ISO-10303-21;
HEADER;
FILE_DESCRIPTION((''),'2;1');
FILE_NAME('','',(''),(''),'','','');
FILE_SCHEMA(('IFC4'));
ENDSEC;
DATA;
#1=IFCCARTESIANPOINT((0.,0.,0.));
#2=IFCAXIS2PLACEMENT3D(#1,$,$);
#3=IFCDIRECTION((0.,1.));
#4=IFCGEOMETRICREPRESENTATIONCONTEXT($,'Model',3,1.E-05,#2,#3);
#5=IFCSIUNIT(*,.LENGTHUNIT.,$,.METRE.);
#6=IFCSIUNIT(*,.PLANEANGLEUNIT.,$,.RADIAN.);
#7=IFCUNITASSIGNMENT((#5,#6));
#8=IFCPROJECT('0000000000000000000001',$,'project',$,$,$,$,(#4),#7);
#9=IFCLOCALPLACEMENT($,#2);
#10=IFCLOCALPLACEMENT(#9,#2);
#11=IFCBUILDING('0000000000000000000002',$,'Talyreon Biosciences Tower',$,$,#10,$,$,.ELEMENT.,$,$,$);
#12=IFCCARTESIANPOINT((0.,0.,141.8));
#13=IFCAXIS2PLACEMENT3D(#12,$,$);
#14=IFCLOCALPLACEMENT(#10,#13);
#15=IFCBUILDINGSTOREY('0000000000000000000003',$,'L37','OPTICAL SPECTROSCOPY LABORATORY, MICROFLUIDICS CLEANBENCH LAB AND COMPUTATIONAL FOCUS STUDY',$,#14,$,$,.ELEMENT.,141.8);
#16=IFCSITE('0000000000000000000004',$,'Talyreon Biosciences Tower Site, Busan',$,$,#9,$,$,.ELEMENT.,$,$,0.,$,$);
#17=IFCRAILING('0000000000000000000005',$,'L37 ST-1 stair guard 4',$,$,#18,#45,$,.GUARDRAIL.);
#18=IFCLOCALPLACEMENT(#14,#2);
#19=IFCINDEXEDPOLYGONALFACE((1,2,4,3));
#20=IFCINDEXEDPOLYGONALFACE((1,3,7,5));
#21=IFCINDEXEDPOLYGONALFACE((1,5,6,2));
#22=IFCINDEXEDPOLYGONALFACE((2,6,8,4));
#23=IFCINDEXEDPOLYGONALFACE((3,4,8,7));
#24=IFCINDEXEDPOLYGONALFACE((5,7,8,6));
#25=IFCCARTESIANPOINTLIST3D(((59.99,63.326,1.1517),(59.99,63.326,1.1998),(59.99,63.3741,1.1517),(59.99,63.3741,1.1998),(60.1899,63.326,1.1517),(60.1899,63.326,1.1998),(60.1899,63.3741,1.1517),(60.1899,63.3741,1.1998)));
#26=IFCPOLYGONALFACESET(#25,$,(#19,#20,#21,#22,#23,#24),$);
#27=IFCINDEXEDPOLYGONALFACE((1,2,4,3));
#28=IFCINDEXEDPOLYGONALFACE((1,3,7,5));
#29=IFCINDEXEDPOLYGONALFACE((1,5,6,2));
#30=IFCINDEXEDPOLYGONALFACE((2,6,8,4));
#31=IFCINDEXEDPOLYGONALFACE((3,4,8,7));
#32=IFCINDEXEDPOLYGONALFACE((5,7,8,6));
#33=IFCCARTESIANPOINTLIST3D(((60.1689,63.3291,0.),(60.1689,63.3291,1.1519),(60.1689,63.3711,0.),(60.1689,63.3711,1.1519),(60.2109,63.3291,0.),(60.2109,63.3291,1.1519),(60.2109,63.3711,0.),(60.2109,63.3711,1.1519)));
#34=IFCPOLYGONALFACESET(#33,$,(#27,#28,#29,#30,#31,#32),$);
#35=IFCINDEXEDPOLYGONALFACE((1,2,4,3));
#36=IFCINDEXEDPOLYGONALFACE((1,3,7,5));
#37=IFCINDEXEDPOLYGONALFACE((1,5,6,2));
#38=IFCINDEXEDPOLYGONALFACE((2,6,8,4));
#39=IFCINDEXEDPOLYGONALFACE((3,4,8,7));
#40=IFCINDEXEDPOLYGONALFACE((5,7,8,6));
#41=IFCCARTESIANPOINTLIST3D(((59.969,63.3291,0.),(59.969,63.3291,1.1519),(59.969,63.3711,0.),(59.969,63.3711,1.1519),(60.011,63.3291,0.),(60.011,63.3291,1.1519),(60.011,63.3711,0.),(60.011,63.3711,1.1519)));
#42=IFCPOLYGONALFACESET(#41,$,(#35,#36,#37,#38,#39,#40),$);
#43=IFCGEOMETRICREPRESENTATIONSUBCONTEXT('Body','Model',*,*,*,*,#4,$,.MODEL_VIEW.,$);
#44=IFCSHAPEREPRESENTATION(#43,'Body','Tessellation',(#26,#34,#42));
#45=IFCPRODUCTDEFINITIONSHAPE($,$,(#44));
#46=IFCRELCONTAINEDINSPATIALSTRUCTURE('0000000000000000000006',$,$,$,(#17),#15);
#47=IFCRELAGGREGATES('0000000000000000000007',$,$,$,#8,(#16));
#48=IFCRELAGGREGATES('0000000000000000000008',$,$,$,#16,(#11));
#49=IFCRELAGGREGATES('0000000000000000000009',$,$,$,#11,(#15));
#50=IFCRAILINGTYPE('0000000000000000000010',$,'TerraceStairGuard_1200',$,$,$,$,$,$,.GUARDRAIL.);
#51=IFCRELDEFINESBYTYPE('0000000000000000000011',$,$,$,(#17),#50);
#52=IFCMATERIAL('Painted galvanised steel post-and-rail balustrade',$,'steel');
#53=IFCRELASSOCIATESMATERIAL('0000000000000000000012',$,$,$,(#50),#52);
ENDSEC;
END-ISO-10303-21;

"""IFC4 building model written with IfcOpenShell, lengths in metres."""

from ifc_helpers import new_model, si_unit, direction, frame, origin, origin_2d, place, context, subcontext, project, spatial, rectangle, extrude, material, type_object, element, save


model = new_model("IFC4")

# Units and contexts
model_context = context("Model", 3, precision=1e-05, world=origin(), true_north=direction((0.0, 1.0)))
body_context = subcontext(model_context, "Body", "Model", "MODEL_VIEW")
ifc_project = project(units=[si_unit("LENGTHUNIT", "METRE"), si_unit("PLANEANGLEUNIT", "RADIAN")], contexts=[model_context])

# Site, building, storey
site_placement = place(None, origin())
site = spatial("IfcSite", under=ifc_project, at=site_placement, Name="Talyreon Biosciences Tower Site, Busan", CompositionType="ELEMENT", RefElevation=0.0)
building_placement = place(site_placement, origin())
building = spatial("IfcBuilding", under=site, at=building_placement, Name="Talyreon Biosciences Tower", CompositionType="ELEMENT")
storey_placement = place(building_placement, frame((0.0, 0.0, 141.8)))
storey = spatial("IfcBuildingStorey", under=building, at=storey_placement, Name="L37", Description="OPTICAL SPECTROSCOPY LABORATORY, MICROFLUIDICS CLEANBENCH LAB AND COMPUTATIONAL FOCUS STUDY", CompositionType="ELEMENT", Elevation=141.8)

# Railing
ifc_material_1 = material(Name="Painted galvanised steel post-and-rail balustrade", Category="steel")
railing_type_1 = type_object("IfcRailingType", Name="TerraceStairGuard_1200", PredefinedType="GUARDRAIL", material=ifc_material_1)
railing_1_placement = place(storey_placement, frame((60.1899, 63.3501, 0.0)))
element("IfcRailing", 1, at=railing_1_placement, inside=storey, type_object=railing_type_1, Name="L37 ST-1 stair guard 4", PredefinedType="GUARDRAIL", context=body_context, shape_type="SweptSolid", body=[
    extrude(rectangle(XDim=0.0481, YDim=0.0481, at=origin_2d()), frame((0.0, 0.0, 1.1758), z_axis=(-1.0, 0.0, 0.0), x_axis=(0.0, -1.0, 0.0)), (0.0, 0.0, 1.0), 0.2),
    extrude(rectangle(XDim=0.042, YDim=0.042, at=origin_2d()), origin(), (0.0, 0.0, 1.0), 1.1519),
    extrude(rectangle(XDim=0.042, YDim=0.042, at=origin_2d()), frame((-0.2, 0.0, 0.0)), (0.0, 0.0, 1.0), 1.1519),
])

save(model, "model.ifc")
